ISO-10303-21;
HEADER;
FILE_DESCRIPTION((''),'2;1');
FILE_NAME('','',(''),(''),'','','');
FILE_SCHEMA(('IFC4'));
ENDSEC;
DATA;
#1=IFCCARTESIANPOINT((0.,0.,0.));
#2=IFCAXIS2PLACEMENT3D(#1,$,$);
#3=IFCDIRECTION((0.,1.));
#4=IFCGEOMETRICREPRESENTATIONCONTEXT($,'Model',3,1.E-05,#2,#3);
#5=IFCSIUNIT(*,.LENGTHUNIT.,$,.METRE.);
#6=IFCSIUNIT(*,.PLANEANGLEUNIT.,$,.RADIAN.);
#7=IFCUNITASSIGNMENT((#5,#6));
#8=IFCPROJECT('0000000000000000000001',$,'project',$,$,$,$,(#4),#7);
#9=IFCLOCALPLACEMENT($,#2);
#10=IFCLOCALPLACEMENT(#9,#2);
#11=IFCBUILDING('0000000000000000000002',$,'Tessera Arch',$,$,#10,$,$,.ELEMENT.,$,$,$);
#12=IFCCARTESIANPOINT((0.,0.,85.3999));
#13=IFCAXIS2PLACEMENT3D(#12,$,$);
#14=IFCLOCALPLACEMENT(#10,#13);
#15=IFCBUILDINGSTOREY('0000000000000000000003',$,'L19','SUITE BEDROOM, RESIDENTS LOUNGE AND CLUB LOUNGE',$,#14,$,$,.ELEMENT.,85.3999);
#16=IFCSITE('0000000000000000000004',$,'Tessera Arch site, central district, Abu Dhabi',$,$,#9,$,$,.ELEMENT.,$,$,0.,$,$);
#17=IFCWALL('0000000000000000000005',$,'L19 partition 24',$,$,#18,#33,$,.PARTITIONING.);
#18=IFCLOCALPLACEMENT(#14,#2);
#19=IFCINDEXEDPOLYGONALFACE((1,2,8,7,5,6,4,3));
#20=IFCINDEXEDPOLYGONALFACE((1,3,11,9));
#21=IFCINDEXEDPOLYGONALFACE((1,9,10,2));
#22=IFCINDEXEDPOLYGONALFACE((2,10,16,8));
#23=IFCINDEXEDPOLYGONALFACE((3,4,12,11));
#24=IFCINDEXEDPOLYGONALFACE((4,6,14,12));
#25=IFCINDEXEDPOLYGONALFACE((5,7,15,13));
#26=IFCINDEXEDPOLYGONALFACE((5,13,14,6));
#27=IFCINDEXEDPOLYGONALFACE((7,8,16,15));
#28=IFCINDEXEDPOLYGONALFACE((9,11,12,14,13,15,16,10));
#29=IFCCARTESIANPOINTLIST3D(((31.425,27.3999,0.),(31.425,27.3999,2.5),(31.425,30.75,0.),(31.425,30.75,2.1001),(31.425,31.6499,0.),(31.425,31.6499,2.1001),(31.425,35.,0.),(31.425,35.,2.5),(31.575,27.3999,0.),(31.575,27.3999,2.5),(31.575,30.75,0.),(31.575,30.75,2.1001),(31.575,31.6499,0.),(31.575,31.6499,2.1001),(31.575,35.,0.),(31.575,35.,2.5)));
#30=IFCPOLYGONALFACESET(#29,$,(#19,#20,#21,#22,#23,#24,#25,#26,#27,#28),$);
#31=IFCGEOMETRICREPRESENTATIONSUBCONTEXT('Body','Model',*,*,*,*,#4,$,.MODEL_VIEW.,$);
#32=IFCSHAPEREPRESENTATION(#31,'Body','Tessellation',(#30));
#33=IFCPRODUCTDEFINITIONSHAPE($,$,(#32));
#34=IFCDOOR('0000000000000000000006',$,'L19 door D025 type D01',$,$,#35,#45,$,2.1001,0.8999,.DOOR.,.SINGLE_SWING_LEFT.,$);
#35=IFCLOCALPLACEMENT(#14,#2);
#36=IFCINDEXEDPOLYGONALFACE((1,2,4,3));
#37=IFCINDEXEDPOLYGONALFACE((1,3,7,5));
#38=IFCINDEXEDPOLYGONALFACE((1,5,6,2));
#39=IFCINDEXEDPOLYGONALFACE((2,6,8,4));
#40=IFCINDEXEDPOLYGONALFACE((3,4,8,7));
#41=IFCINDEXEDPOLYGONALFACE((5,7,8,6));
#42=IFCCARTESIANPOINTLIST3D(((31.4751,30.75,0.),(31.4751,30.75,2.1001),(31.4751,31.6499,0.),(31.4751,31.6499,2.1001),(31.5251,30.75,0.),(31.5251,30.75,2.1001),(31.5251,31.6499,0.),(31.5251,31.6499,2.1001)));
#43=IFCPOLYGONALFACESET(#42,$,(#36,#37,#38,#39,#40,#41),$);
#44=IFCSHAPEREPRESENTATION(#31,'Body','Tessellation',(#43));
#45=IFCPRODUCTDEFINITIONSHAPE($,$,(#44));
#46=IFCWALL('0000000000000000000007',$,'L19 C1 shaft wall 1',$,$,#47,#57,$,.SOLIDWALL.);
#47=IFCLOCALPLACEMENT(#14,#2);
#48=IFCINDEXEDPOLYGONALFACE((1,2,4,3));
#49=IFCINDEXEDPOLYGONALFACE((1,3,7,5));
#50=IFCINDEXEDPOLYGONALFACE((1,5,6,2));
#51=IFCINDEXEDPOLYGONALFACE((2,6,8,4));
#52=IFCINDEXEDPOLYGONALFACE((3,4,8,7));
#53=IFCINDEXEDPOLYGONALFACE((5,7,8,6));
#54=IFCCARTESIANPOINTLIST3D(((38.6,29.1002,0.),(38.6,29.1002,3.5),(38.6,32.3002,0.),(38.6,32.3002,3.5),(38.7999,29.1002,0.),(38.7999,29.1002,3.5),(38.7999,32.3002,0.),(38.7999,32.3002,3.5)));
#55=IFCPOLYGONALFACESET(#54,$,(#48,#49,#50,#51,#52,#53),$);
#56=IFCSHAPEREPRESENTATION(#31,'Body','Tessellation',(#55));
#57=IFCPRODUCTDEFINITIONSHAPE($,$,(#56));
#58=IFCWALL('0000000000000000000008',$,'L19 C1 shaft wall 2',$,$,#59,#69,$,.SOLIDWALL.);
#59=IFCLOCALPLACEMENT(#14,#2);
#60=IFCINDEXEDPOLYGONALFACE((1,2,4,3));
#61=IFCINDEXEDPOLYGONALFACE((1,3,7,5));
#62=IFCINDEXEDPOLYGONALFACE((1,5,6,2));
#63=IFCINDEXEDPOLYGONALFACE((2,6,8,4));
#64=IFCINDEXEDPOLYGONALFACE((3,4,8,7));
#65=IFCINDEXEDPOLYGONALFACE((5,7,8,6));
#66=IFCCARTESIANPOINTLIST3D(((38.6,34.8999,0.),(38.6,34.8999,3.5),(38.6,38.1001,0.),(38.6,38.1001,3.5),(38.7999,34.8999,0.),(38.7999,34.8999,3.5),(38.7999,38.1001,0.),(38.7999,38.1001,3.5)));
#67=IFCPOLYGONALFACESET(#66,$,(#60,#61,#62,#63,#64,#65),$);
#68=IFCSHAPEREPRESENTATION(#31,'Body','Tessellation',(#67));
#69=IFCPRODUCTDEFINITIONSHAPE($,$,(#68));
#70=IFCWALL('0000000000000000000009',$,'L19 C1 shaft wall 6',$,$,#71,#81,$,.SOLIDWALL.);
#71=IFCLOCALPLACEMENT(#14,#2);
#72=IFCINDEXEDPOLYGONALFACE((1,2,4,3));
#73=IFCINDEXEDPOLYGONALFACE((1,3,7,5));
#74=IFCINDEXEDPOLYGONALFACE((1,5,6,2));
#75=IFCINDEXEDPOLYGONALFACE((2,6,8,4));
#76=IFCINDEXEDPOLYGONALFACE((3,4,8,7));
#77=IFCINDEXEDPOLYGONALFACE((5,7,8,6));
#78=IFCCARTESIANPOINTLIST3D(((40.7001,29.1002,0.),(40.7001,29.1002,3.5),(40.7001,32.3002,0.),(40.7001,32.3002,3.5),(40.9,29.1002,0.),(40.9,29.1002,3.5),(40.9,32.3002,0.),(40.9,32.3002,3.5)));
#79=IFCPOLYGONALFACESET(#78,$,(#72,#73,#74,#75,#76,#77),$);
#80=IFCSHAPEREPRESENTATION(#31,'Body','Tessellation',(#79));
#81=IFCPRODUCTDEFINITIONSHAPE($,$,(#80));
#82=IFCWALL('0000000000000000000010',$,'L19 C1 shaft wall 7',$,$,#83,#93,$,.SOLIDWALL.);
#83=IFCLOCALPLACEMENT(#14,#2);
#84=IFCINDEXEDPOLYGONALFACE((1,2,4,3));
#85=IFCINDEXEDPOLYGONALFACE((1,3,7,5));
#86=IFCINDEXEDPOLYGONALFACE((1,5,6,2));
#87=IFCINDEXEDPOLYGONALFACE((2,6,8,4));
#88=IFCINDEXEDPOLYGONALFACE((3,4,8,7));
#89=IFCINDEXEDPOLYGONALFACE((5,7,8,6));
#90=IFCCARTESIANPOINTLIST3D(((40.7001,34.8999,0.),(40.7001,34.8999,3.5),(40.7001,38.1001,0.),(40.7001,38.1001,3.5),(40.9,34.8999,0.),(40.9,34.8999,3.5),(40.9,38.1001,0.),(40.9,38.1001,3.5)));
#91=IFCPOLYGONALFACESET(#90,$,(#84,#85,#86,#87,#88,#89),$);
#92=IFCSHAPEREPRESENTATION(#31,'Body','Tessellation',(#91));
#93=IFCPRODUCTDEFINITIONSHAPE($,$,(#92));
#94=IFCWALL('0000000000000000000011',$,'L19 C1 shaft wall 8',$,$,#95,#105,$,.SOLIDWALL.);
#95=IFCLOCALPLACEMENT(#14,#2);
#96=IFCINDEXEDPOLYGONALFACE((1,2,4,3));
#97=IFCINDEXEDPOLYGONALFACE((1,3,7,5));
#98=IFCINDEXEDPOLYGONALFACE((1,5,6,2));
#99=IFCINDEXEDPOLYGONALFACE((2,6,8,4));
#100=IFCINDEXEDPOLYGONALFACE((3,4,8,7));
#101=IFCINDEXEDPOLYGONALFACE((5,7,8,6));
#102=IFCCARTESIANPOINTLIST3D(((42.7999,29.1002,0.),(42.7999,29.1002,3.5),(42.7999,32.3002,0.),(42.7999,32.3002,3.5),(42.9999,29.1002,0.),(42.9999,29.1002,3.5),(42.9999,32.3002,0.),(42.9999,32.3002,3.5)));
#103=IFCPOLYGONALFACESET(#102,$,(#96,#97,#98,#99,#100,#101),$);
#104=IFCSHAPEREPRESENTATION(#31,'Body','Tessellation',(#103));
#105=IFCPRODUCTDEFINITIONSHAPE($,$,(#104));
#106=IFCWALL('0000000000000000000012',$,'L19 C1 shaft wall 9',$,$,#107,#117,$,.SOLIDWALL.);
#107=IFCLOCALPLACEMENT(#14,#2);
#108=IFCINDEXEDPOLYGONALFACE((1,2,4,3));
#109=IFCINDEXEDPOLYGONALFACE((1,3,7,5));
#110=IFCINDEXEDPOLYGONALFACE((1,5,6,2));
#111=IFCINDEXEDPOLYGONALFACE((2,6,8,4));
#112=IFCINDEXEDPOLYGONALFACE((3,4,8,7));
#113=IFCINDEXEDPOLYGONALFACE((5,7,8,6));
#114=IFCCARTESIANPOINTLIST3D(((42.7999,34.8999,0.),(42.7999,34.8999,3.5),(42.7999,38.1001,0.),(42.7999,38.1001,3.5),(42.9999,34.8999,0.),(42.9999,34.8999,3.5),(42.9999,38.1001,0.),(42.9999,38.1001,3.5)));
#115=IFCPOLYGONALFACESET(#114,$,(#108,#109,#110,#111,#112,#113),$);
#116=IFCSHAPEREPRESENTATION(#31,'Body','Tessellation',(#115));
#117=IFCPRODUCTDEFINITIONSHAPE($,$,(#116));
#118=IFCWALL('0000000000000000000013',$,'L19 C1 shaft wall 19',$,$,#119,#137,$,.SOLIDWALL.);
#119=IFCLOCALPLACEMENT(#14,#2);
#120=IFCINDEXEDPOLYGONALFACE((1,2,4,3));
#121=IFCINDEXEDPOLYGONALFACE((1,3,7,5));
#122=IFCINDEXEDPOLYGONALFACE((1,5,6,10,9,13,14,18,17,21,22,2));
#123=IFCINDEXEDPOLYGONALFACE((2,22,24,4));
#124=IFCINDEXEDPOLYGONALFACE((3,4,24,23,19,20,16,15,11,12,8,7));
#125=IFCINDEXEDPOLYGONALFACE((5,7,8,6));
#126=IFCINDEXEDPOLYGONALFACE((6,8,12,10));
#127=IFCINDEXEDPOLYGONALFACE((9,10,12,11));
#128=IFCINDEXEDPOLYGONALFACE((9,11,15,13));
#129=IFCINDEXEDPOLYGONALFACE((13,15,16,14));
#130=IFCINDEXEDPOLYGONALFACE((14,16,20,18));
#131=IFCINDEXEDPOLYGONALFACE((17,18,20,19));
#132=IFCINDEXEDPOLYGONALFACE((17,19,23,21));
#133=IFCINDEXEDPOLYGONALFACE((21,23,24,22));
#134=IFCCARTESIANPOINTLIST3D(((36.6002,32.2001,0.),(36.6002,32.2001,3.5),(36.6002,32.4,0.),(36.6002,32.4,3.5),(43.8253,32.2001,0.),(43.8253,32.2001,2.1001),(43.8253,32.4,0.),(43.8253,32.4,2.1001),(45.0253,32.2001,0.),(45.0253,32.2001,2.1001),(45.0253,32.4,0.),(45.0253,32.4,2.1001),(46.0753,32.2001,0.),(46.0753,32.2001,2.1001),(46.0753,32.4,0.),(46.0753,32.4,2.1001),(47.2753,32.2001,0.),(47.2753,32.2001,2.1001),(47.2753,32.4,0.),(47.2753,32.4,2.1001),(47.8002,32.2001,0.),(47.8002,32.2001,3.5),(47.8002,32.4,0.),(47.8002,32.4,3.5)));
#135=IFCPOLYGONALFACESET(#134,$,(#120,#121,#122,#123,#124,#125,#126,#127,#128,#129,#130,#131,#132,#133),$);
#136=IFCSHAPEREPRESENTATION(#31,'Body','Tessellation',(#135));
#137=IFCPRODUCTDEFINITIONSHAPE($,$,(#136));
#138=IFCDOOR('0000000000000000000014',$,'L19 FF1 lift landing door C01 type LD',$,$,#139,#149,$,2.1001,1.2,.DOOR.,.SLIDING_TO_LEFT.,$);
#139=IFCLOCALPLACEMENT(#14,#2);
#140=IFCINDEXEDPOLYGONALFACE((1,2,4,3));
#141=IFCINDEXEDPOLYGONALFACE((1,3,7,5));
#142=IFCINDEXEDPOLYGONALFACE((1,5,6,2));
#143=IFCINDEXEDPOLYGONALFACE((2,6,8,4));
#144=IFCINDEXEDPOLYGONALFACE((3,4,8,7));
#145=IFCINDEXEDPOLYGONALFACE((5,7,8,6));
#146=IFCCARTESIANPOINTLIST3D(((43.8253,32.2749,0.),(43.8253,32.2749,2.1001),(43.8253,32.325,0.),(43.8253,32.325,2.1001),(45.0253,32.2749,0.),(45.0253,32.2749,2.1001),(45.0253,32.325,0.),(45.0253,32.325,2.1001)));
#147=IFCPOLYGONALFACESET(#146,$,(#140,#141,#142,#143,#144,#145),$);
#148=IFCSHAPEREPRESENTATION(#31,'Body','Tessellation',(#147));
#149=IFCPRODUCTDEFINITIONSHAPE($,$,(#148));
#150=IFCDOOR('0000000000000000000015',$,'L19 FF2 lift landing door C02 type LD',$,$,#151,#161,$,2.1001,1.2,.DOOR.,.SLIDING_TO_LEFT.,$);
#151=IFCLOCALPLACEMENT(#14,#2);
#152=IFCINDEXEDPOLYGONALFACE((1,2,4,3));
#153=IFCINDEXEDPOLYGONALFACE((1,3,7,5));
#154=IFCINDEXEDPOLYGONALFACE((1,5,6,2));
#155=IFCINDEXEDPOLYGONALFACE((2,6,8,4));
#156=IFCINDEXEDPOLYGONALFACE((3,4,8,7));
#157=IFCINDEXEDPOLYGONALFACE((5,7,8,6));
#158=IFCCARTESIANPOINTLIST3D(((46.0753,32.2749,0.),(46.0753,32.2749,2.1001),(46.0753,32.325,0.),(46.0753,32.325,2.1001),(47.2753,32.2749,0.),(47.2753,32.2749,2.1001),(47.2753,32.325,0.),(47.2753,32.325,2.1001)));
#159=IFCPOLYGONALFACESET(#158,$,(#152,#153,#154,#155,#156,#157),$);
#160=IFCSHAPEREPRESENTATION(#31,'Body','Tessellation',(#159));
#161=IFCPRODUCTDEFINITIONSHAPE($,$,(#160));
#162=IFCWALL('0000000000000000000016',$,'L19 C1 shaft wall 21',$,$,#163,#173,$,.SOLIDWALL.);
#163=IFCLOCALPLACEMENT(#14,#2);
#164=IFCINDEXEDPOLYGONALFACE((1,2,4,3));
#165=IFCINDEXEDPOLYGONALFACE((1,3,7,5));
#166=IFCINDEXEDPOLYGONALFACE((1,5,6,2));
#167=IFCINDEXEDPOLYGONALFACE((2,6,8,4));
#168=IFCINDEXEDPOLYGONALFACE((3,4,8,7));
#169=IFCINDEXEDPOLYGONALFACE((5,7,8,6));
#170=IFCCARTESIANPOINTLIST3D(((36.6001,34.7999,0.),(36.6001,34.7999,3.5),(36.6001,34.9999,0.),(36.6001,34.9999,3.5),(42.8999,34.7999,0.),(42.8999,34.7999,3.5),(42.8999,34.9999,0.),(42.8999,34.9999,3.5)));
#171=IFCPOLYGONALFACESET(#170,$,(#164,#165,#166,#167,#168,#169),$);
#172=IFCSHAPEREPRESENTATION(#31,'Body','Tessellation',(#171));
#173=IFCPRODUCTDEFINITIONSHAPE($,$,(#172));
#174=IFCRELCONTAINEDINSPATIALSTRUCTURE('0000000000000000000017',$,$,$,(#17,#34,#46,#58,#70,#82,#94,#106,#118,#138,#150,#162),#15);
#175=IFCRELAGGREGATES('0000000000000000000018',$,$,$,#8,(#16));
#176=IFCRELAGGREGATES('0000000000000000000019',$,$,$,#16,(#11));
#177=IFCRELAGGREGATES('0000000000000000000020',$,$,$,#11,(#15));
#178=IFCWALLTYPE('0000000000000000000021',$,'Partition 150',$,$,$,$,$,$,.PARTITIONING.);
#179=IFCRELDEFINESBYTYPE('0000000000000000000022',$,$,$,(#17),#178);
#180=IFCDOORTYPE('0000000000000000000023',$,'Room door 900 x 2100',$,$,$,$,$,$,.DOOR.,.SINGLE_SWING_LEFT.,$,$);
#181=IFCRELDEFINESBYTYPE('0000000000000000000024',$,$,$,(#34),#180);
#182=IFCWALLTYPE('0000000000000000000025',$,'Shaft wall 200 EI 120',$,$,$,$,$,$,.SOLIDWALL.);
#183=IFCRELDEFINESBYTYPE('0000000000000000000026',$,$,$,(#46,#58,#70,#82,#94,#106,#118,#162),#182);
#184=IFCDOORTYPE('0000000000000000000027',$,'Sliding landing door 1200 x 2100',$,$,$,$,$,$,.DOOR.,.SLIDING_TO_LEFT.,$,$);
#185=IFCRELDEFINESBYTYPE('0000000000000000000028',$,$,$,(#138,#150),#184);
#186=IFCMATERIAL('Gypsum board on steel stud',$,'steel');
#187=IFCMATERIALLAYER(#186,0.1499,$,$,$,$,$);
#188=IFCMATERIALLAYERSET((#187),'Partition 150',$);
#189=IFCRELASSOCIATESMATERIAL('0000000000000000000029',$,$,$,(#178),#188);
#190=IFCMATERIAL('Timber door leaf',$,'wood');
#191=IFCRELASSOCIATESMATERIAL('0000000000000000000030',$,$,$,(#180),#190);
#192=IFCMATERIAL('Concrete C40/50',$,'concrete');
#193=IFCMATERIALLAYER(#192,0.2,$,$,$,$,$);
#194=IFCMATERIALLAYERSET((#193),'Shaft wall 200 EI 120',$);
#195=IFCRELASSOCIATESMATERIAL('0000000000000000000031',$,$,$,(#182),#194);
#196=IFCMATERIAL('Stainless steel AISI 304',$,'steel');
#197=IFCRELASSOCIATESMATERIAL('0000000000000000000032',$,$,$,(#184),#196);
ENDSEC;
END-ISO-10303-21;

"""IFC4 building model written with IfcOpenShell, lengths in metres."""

from ifc_helpers import new_model, si_unit, direction, frame, frame_2d, origin, place, context, subcontext, project, spatial, rectangle, extrude, material, layer, layer_set, type_object, element, fill, save


model = new_model("IFC4")

# Units and contexts
model_context = context("Model", 3, precision=1e-05, world=origin(), true_north=direction((0.0, 1.0)))
body_context = subcontext(model_context, "Body", "Model", "MODEL_VIEW")
ifc_project = project(units=[si_unit("LENGTHUNIT", "METRE"), si_unit("PLANEANGLEUNIT", "RADIAN")], contexts=[model_context])

# Site, building, storey
site_placement = place(None, origin())
site = spatial("IfcSite", under=ifc_project, at=site_placement, Name="Tessera Arch site, central district, Abu Dhabi", CompositionType="ELEMENT", RefElevation=0.0)
building_placement = place(site_placement, origin())
building = spatial("IfcBuilding", under=site, at=building_placement, Name="Tessera Arch", CompositionType="ELEMENT")
storey_placement = place(building_placement, frame((0.0, 0.0, 85.3999)))
storey = spatial("IfcBuildingStorey", under=building, at=storey_placement, Name="L19", Description="SUITE BEDROOM, RESIDENTS LOUNGE AND CLUB LOUNGE", CompositionType="ELEMENT", Elevation=85.3999)

# Wall, opening, door
ifc_material_1 = material(Name="Gypsum board on steel stud", Category="steel")
ifc_layer_1 = layer(ifc_material_1, 0.1499)
ifc_layer_set_1 = layer_set([ifc_layer_1], Name="Partition 150")
wall_type_1 = type_object("IfcWallType", Name="Partition 150", PredefinedType="PARTITIONING", material=ifc_layer_set_1)
wall_1_placement = place(storey_placement, frame((31.5, 27.3999, 0.0), z_axis=(0.0, 0.0, 1.0), x_axis=(0.0, 1.0, 0.0)))
wall_1 = element("IfcWall", 1, at=wall_1_placement, inside=storey, type_object=wall_type_1, Name="L19 partition 24", PredefinedType="PARTITIONING", context=body_context, shape_type="SweptSolid", body=[
    extrude(rectangle(XDim=7.6001, YDim=0.1499, at=frame_2d((3.8, 0.0))), origin(), (0.0, 0.0, 1.0), 2.5),
])
opening_1_placement = place(wall_1_placement, frame((3.3501, 0.0, 0.0)))
opening_1 = element("IfcOpeningElement", 2, at=opening_1_placement, cuts=wall_1, PredefinedType="OPENING", context=body_context, shape_type="SweptSolid", body=[
    extrude(rectangle(XDim=0.8999, YDim=2.1001, at=frame_2d((0.45, 1.05))), frame((0.0, 0.085, 0.0), z_axis=(0.0, -1.0, 0.0), x_axis=(1.0, 0.0, 0.0)), (0.0, 0.0, 1.0), 0.1699),
])
ifc_material_2 = material(Name="Timber door leaf", Category="wood")
door_type_1 = type_object("IfcDoorType", Name="Room door 900 x 2100", OperationType="SINGLE_SWING_LEFT", PredefinedType="DOOR", material=ifc_material_2)
door_1_placement = place(opening_1_placement, origin())
door_1 = element("IfcDoor", 3, at=door_1_placement, inside=storey, type_object=door_type_1, Name="L19 door D025 type D01", OperationType="SINGLE_SWING_LEFT", OverallHeight=2.1001, OverallWidth=0.8999, PredefinedType="DOOR", context=body_context, shape_type="SweptSolid", body=[
    extrude(rectangle(XDim=0.8999, YDim=2.1001, at=frame_2d((0.45, 1.05))), frame((0.0, 0.0249, 0.0), z_axis=(0.0, -1.0, 0.0), x_axis=(1.0, 0.0, 0.0)), (0.0, 0.0, 1.0), 0.05),
])
fill(opening_1, door_1)

# Walls
ifc_material_3 = material(Name="Concrete C40/50", Category="concrete")
ifc_layer_2 = layer(ifc_material_3, 0.2)
ifc_layer_set_2 = layer_set([ifc_layer_2], Name="Shaft wall 200 EI 120")
wall_type_2 = type_object("IfcWallType", Name="Shaft wall 200 EI 120", PredefinedType="SOLIDWALL", material=ifc_layer_set_2)
wall_2_placement = place(storey_placement, frame((38.7, 29.1001, 0.0), z_axis=(0.0, 0.0, 1.0), x_axis=(0.0, 1.0, 0.0)))
element("IfcWall", 4, at=wall_2_placement, inside=storey, type_object=wall_type_2, Name="L19 C1 shaft wall 1", PredefinedType="SOLIDWALL", context=body_context, shape_type="SweptSolid", body=[
    extrude(rectangle(XDim=3.2, YDim=0.2, at=frame_2d((1.6001, 0.0))), origin(), (0.0, 0.0, 1.0), 3.5),
])
wall_3_placement = place(storey_placement, frame((38.7, 34.8999, 0.0), z_axis=(0.0, 0.0, 1.0), x_axis=(0.0, 1.0, 0.0)))
element("IfcWall", 5, at=wall_3_placement, inside=storey, type_object=wall_type_2, Name="L19 C1 shaft wall 2", PredefinedType="SOLIDWALL", context=body_context, shape_type="SweptSolid", body=[
    extrude(rectangle(XDim=3.2002, YDim=0.2, at=frame_2d((1.6001, 0.0))), origin(), (0.0, 0.0, 1.0), 3.5),
])
wall_4_placement = place(storey_placement, frame((40.8, 29.1001, 0.0), z_axis=(0.0, 0.0, 1.0), x_axis=(0.0, 1.0, 0.0)))
element("IfcWall", 6, at=wall_4_placement, inside=storey, type_object=wall_type_2, Name="L19 C1 shaft wall 6", PredefinedType="SOLIDWALL", context=body_context, shape_type="SweptSolid", body=[
    extrude(rectangle(XDim=3.2, YDim=0.2, at=frame_2d((1.6001, 0.0))), origin(), (0.0, 0.0, 1.0), 3.5),
])
wall_5_placement = place(storey_placement, frame((40.8, 34.8999, 0.0), z_axis=(0.0, 0.0, 1.0), x_axis=(0.0, 1.0, 0.0)))
element("IfcWall", 7, at=wall_5_placement, inside=storey, type_object=wall_type_2, Name="L19 C1 shaft wall 7", PredefinedType="SOLIDWALL", context=body_context, shape_type="SweptSolid", body=[
    extrude(rectangle(XDim=3.2002, YDim=0.2, at=frame_2d((1.6001, 0.0))), origin(), (0.0, 0.0, 1.0), 3.5),
])
wall_6_placement = place(storey_placement, frame((42.8999, 29.1001, 0.0), z_axis=(0.0, 0.0, 1.0), x_axis=(0.0, 1.0, 0.0)))
element("IfcWall", 8, at=wall_6_placement, inside=storey, type_object=wall_type_2, Name="L19 C1 shaft wall 8", PredefinedType="SOLIDWALL", context=body_context, shape_type="SweptSolid", body=[
    extrude(rectangle(XDim=3.2, YDim=0.2, at=frame_2d((1.6001, 0.0))), origin(), (0.0, 0.0, 1.0), 3.5),
])
wall_7_placement = place(storey_placement, frame((42.8999, 34.8999, 0.0), z_axis=(0.0, 0.0, 1.0), x_axis=(0.0, 1.0, 0.0)))
element("IfcWall", 9, at=wall_7_placement, inside=storey, type_object=wall_type_2, Name="L19 C1 shaft wall 9", PredefinedType="SOLIDWALL", context=body_context, shape_type="SweptSolid", body=[
    extrude(rectangle(XDim=3.2002, YDim=0.2, at=frame_2d((1.6001, 0.0))), origin(), (0.0, 0.0, 1.0), 3.5),
])

# Wall, openings, doors
wall_8_placement = place(storey_placement, frame((36.6001, 32.3, 0.0), z_axis=(0.0, 0.0, 1.0), x_axis=(1.0, 0.0, 0.0)))
wall_8 = element("IfcWall", 10, at=wall_8_placement, inside=storey, type_object=wall_type_2, Name="L19 C1 shaft wall 19", PredefinedType="SOLIDWALL", context=body_context, shape_type="SweptSolid", body=[
    extrude(rectangle(XDim=11.2, YDim=0.2, at=frame_2d((5.6001, 0.0))), origin(), (0.0, 0.0, 1.0), 3.5),
])
opening_2_placement = place(wall_8_placement, frame((7.2251, 0.0, 0.0)))
opening_2 = element("IfcOpeningElement", 11, at=opening_2_placement, cuts=wall_8, PredefinedType="OPENING", context=body_context, shape_type="SweptSolid", body=[
    extrude(rectangle(XDim=1.2, YDim=2.1001, at=frame_2d((0.6001, 1.05))), frame((0.0, 0.1099, 0.0), z_axis=(0.0, -1.0, 0.0), x_axis=(1.0, 0.0, 0.0)), (0.0, 0.0, 1.0), 0.22),
])
opening_3_placement = place(wall_8_placement, frame((9.4751, 0.0, 0.0)))
opening_3 = element("IfcOpeningElement", 12, at=opening_3_placement, cuts=wall_8, PredefinedType="OPENING", context=body_context, shape_type="SweptSolid", body=[
    extrude(rectangle(XDim=1.2, YDim=2.1001, at=frame_2d((0.6001, 1.05))), frame((0.0, 0.1099, 0.0), z_axis=(0.0, -1.0, 0.0), x_axis=(1.0, 0.0, 0.0)), (0.0, 0.0, 1.0), 0.22),
])
ifc_material_4 = material(Name="Stainless steel AISI 304", Category="steel")
door_type_2 = type_object("IfcDoorType", Name="Sliding landing door 1200 x 2100", OperationType="SLIDING_TO_LEFT", PredefinedType="DOOR", material=ifc_material_4)
door_2_placement = place(opening_2_placement, origin())
door_2 = element("IfcDoor", 13, at=door_2_placement, inside=storey, type_object=door_type_2, Name="L19 FF1 lift landing door C01 type LD", OperationType="SLIDING_TO_LEFT", OverallHeight=2.1001, OverallWidth=1.2, PredefinedType="DOOR", context=body_context, shape_type="SweptSolid", body=[
    extrude(rectangle(XDim=1.2, YDim=2.1001, at=frame_2d((0.6001, 1.05))), frame((0.0, 0.0249, 0.0), z_axis=(0.0, -1.0, 0.0), x_axis=(1.0, 0.0, 0.0)), (0.0, 0.0, 1.0), 0.05),
])
fill(opening_2, door_2)
door_3_placement = place(opening_3_placement, origin())
door_3 = element("IfcDoor", 14, at=door_3_placement, inside=storey, type_object=door_type_2, Name="L19 FF2 lift landing door C02 type LD", OperationType="SLIDING_TO_LEFT", OverallHeight=2.1001, OverallWidth=1.2, PredefinedType="DOOR", context=body_context, shape_type="SweptSolid", body=[
    extrude(rectangle(XDim=1.2, YDim=2.1001, at=frame_2d((0.6001, 1.05))), frame((0.0, 0.0249, 0.0), z_axis=(0.0, -1.0, 0.0), x_axis=(1.0, 0.0, 0.0)), (0.0, 0.0, 1.0), 0.05),
])
fill(opening_3, door_3)

# Wall
wall_9_placement = place(storey_placement, frame((36.6001, 34.8999, 0.0), z_axis=(0.0, 0.0, 1.0), x_axis=(1.0, 0.0, 0.0)))
element("IfcWall", 15, at=wall_9_placement, inside=storey, type_object=wall_type_2, Name="L19 C1 shaft wall 21", PredefinedType="SOLIDWALL", context=body_context, shape_type="SweptSolid", body=[
    extrude(rectangle(XDim=6.2998, YDim=0.2, at=frame_2d((3.1499, 0.0))), origin(), (0.0, 0.0, 1.0), 3.5),
])

save(model, "model.ifc")
